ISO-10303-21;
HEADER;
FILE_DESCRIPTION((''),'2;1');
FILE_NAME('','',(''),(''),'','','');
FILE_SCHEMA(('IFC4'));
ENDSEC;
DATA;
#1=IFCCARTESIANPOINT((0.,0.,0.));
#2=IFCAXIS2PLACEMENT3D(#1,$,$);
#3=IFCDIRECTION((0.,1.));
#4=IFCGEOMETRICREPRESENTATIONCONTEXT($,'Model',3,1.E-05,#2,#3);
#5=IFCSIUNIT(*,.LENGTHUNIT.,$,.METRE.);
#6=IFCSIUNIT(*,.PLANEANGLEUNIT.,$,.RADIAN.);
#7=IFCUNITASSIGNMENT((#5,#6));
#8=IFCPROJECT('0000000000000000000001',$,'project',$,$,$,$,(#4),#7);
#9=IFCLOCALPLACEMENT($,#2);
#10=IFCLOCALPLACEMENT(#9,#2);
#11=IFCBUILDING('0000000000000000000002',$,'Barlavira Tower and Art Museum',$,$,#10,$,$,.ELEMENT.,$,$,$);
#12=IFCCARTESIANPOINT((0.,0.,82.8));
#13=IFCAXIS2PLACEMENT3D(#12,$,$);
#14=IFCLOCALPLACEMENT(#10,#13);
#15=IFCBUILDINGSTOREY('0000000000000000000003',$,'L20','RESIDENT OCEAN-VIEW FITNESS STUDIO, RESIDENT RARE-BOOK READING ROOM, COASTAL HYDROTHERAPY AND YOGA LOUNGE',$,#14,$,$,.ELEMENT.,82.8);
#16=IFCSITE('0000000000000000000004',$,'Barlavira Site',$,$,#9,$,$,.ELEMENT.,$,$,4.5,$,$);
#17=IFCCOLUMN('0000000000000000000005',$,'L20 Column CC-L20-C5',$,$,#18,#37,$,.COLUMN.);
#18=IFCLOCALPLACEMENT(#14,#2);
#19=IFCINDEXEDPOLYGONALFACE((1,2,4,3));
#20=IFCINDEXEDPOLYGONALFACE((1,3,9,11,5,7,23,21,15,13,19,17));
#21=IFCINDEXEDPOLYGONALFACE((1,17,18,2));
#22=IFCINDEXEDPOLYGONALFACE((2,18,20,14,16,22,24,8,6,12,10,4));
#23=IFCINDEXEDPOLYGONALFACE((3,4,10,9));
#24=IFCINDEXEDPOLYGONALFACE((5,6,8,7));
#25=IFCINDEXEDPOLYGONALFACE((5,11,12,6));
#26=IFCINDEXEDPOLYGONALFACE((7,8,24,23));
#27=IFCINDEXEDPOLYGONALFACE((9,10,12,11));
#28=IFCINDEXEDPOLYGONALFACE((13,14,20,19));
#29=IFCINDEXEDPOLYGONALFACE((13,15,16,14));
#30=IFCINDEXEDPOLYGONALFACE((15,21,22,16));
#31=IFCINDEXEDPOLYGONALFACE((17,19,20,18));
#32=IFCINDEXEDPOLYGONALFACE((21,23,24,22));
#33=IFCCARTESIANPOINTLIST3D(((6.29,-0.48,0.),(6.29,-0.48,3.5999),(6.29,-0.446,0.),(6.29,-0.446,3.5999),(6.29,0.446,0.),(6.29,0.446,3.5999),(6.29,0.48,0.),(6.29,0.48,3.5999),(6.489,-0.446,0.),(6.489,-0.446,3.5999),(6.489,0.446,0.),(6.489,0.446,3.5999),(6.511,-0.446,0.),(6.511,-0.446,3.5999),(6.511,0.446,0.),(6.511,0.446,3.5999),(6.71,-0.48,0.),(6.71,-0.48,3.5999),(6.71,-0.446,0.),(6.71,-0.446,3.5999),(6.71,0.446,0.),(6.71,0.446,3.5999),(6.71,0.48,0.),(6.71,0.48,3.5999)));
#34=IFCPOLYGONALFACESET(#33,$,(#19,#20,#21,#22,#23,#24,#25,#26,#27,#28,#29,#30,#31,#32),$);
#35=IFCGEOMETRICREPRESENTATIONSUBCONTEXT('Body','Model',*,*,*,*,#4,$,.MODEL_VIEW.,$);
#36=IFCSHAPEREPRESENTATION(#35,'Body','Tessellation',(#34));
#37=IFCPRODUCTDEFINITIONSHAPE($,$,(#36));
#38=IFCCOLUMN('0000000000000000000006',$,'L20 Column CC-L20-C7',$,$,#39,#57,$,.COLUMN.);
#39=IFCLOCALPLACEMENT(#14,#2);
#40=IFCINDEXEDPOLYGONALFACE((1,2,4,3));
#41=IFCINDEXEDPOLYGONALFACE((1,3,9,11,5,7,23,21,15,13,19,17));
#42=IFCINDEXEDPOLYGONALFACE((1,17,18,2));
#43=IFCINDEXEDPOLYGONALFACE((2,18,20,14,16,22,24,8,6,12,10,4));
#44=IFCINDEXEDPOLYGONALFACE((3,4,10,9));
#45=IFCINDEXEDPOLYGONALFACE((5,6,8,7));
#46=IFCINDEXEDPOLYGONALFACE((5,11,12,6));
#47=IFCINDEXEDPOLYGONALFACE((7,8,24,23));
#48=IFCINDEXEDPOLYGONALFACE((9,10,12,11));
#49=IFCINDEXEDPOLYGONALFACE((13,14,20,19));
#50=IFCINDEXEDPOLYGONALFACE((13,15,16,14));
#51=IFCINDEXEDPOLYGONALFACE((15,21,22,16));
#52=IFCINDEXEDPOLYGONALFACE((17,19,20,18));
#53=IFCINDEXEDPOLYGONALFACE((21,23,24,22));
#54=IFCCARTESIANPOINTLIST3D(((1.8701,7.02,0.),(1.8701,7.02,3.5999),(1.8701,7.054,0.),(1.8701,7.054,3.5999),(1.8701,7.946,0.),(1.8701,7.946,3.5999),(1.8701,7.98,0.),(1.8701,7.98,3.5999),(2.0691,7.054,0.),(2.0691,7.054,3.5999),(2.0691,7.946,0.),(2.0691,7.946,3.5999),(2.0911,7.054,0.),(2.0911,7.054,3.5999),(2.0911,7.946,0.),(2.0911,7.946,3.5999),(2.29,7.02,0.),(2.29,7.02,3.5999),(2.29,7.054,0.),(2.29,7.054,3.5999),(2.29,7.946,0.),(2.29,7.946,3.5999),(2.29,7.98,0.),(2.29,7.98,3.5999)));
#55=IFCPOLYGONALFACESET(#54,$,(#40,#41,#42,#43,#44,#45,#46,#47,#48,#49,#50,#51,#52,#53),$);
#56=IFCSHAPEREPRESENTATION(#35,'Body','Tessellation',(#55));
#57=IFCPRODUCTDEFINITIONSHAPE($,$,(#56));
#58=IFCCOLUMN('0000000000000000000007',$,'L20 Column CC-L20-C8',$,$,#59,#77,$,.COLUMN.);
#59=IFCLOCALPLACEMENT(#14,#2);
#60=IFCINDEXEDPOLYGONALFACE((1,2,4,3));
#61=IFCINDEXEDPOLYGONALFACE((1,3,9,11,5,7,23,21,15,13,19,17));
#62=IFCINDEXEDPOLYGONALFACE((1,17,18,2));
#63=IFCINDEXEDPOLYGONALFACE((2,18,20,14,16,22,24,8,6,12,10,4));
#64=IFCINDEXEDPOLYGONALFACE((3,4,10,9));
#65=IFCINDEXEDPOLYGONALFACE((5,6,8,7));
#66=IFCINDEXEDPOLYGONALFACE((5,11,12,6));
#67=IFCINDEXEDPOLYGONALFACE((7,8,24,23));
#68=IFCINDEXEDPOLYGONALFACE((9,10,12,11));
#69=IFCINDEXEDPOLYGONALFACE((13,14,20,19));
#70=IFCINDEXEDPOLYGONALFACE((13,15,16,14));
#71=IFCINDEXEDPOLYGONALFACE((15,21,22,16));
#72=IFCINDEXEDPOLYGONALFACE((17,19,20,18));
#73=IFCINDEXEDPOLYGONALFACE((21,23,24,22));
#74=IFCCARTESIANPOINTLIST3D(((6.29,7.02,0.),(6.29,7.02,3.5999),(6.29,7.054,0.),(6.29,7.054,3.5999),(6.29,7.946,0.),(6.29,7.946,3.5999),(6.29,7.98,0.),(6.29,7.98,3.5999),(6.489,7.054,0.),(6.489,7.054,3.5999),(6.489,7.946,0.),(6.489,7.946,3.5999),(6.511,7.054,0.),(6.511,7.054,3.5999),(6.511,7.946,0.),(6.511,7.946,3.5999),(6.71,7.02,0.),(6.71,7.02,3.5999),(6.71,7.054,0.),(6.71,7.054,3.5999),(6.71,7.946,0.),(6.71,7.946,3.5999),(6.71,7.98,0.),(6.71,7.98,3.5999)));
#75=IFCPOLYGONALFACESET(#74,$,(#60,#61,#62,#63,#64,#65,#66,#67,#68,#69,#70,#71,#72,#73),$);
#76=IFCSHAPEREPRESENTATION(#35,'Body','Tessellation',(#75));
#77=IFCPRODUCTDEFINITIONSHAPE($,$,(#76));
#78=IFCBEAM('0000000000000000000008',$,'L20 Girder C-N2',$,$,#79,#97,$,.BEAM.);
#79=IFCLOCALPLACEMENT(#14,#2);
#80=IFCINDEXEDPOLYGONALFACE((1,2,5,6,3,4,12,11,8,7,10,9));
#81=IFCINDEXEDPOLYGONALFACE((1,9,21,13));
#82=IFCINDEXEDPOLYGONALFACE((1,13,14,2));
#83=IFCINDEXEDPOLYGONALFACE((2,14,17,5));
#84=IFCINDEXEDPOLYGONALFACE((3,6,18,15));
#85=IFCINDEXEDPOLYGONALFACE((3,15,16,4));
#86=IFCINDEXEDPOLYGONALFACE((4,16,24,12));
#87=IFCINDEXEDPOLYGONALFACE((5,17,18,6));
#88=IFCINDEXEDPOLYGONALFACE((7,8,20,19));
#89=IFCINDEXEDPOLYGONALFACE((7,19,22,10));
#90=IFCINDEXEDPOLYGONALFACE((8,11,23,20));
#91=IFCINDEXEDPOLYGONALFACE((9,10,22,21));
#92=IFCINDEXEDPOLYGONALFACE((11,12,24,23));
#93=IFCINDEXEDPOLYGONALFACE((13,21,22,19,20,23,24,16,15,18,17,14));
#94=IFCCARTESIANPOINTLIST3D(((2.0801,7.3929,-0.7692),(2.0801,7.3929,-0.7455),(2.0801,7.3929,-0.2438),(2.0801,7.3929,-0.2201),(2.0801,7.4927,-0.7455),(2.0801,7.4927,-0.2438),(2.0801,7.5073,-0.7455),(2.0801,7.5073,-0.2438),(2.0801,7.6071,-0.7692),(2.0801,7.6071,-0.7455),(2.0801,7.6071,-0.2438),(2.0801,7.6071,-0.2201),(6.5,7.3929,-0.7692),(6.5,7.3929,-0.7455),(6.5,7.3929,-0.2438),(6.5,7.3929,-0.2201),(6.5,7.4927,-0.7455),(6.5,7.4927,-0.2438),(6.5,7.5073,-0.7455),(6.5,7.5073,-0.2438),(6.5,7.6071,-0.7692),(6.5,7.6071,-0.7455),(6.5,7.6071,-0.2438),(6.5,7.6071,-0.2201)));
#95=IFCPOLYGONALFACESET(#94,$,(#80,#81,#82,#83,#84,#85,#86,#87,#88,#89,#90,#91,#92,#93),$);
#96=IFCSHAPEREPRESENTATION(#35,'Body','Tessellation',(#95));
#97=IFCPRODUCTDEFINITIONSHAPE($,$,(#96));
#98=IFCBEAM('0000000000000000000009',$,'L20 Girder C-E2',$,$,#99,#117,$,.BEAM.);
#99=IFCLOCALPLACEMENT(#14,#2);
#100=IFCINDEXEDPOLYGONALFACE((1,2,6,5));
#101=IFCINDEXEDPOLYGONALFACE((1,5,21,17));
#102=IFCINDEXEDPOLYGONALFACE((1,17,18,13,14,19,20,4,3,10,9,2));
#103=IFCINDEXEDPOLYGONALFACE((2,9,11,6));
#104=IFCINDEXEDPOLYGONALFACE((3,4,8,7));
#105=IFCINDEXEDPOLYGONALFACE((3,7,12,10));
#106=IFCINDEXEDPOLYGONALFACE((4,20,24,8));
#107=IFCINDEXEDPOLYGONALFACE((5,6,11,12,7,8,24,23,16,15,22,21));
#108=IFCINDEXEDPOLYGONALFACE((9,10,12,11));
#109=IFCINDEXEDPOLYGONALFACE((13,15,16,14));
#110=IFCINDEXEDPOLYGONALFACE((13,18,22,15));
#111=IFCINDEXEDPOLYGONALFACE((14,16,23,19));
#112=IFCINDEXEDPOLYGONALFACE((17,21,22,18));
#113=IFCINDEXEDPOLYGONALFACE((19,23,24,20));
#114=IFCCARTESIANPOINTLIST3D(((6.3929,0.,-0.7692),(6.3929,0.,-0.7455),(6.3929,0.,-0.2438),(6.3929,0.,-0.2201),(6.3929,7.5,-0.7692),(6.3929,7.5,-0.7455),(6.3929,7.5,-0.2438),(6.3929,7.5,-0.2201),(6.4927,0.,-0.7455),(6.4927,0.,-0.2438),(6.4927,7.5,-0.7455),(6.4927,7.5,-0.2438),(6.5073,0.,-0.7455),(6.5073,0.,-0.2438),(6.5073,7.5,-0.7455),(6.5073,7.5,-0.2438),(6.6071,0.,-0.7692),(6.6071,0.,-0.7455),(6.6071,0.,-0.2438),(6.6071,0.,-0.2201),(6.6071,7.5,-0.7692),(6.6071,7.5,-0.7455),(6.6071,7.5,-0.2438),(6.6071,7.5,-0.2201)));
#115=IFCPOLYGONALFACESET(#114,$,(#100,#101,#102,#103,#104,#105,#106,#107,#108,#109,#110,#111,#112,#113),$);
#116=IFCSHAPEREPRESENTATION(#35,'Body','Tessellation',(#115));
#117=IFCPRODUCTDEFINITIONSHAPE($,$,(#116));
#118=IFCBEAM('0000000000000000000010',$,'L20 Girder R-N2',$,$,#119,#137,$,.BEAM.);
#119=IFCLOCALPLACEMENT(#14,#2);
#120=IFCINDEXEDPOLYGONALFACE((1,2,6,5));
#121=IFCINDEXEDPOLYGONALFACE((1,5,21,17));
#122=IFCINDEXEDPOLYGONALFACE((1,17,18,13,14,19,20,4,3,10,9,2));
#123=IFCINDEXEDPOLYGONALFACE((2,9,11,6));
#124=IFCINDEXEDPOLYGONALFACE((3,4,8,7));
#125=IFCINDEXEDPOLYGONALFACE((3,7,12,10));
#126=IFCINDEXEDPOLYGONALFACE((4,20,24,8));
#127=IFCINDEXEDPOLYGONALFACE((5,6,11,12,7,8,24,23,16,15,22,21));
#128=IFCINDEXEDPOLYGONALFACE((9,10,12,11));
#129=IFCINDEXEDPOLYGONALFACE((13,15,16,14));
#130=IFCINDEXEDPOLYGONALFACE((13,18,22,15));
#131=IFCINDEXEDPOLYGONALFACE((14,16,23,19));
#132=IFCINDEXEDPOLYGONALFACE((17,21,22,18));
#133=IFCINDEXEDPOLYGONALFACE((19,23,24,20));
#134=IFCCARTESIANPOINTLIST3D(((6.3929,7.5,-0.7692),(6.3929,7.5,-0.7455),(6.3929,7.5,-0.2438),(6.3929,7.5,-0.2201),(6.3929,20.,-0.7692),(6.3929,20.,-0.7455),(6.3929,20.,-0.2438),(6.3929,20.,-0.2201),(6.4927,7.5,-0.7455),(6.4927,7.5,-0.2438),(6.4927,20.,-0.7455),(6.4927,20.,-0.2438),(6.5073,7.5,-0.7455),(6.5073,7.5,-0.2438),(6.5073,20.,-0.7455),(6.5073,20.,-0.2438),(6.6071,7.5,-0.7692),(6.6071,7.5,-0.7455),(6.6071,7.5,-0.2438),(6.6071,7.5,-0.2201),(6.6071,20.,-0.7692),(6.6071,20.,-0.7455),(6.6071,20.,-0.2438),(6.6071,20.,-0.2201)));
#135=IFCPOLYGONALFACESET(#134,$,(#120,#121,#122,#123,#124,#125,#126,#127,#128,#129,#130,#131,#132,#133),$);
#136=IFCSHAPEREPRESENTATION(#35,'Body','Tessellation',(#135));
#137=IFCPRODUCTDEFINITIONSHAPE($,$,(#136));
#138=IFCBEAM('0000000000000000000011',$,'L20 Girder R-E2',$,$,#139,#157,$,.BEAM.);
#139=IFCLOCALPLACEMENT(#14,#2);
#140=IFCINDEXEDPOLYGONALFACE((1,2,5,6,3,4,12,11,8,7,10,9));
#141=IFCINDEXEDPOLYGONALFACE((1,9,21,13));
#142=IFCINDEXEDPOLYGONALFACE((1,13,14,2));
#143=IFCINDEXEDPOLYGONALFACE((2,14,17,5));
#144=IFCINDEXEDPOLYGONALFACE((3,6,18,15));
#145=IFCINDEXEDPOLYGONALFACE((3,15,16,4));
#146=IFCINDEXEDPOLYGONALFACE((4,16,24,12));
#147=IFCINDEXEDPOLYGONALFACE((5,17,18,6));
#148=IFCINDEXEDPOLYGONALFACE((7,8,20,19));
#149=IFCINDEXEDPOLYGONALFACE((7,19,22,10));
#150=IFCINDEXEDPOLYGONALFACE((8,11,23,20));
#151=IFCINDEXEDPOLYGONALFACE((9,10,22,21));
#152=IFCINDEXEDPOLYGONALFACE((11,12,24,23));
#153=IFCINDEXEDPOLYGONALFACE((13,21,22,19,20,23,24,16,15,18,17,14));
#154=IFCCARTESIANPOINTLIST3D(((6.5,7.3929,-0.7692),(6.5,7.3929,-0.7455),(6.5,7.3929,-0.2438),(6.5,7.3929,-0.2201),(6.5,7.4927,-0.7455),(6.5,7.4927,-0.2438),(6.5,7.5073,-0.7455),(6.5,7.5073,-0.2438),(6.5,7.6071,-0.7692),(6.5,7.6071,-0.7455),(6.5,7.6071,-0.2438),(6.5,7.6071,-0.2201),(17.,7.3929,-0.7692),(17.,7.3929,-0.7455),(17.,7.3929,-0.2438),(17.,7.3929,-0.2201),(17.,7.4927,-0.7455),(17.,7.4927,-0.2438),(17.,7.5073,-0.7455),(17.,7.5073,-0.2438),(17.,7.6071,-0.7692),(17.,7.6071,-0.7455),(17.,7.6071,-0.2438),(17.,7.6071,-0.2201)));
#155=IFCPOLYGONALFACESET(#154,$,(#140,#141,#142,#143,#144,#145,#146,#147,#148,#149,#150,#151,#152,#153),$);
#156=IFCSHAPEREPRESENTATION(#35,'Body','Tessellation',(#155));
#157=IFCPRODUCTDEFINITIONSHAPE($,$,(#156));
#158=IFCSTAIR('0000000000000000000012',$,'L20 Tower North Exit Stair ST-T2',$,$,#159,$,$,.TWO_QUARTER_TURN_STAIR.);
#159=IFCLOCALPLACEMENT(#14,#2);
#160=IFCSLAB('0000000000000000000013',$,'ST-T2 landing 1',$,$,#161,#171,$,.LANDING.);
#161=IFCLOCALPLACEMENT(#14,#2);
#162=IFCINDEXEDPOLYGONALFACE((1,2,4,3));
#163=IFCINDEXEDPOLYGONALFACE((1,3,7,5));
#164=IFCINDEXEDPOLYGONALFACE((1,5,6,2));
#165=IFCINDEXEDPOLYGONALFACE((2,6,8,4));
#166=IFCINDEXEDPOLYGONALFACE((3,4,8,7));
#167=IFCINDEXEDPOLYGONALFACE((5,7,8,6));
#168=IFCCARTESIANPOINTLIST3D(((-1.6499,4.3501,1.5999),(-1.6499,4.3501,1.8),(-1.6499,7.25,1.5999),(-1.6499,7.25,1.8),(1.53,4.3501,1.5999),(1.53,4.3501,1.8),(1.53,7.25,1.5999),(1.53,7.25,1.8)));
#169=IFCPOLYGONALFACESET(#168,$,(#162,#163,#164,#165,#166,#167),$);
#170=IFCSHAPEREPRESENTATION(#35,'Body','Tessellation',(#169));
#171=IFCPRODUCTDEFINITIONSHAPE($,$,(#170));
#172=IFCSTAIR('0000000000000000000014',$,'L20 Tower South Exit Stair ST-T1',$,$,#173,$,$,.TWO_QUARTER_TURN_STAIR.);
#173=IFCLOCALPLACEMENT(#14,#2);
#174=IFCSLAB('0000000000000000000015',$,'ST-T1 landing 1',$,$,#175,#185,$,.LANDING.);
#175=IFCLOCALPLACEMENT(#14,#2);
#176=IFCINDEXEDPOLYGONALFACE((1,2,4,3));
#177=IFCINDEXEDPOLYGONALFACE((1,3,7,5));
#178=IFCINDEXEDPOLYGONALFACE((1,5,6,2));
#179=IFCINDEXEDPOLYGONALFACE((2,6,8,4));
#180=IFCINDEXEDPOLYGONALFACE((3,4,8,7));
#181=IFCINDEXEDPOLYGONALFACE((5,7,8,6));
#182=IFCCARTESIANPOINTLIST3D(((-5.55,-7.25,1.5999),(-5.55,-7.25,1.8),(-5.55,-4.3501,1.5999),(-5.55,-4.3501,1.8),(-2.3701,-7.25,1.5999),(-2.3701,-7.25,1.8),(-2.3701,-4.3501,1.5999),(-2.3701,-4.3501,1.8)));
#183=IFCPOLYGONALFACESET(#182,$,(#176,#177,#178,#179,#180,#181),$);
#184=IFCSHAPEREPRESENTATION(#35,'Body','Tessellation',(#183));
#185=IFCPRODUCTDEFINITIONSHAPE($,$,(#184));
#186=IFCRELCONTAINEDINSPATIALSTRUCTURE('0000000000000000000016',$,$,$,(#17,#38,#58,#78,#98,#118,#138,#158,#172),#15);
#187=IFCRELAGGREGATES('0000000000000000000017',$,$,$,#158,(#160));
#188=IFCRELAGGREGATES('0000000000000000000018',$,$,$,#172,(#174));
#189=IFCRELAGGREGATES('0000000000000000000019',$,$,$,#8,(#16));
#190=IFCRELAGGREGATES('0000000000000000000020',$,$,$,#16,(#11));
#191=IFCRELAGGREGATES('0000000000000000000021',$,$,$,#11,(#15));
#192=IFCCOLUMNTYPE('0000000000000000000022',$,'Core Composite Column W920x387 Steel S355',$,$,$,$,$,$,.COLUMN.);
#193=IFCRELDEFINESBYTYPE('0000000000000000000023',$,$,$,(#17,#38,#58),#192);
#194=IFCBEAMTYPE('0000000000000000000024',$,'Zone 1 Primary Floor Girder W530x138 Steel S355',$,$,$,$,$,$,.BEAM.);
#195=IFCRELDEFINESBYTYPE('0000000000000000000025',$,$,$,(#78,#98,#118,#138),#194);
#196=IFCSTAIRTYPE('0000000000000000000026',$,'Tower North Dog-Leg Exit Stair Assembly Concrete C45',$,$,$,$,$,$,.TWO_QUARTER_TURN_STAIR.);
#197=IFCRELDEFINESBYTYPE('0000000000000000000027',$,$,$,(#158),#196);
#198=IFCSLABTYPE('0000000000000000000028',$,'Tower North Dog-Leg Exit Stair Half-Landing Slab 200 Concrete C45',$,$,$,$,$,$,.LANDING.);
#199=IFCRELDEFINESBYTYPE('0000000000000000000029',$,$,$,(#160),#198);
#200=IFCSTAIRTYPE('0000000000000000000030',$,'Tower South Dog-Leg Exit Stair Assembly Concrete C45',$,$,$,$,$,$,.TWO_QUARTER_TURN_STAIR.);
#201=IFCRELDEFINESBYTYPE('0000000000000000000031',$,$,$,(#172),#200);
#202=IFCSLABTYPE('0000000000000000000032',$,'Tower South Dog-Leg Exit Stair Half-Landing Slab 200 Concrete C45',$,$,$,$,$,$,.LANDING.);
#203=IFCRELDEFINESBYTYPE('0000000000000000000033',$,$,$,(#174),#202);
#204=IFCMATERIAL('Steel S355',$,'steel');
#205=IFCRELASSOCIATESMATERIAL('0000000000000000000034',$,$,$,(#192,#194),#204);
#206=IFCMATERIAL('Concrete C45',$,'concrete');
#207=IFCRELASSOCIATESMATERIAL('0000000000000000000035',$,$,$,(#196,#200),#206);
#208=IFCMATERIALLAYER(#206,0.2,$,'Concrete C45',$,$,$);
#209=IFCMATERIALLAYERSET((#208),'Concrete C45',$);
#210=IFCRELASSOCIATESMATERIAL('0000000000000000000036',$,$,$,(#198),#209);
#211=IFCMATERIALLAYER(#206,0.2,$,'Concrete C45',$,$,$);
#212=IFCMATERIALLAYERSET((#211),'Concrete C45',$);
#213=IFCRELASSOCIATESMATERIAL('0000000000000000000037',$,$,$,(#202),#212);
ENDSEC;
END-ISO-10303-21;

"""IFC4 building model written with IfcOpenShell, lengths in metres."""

from ifc_helpers import new_model, si_unit, direction, frame, origin, origin_2d, place, context, subcontext, project, spatial, polyline, i_section, outline, extrude, material, layer, layer_set, material_profile, profile_set, type_object, element, aggregate, save


model = new_model("IFC4")

# Units and contexts
model_context = context("Model", 3, precision=1e-05, world=origin(), true_north=direction((0.0, 1.0)))
body_context = subcontext(model_context, "Body", "Model", "MODEL_VIEW")
ifc_project = project(units=[si_unit("LENGTHUNIT", "METRE"), si_unit("PLANEANGLEUNIT", "RADIAN")], contexts=[model_context])

# Site, building, storey
site_placement = place(None, origin())
site = spatial("IfcSite", under=ifc_project, at=site_placement, Name="Barlavira Site", CompositionType="ELEMENT", RefElevation=4.5)
building_placement = place(site_placement, origin())
building = spatial("IfcBuilding", under=site, at=building_placement, Name="Barlavira Tower and Art Museum", CompositionType="ELEMENT")
storey_placement = place(building_placement, frame((0.0, 0.0, 82.8)))
storey = spatial("IfcBuildingStorey", under=building, at=storey_placement, Name="L20", Description="RESIDENT OCEAN-VIEW FITNESS STUDIO, RESIDENT RARE-BOOK READING ROOM, COASTAL HYDROTHERAPY AND YOGA LOUNGE", CompositionType="ELEMENT", Elevation=82.8)

# Columns
ifc_material_1 = material(Name="Steel S355", Category="steel")
ifc_material_profile_1 = material_profile(ifc_material_1, i_section(OverallWidth=0.4199, OverallDepth=0.96, WebThickness=0.022, FlangeThickness=0.0339, at=origin_2d()), Name="W920x387.0")
ifc_profile_set_1 = profile_set([ifc_material_profile_1], Name="Steel S355")
column_type = type_object("IfcColumnType", Name="Core Composite Column W920x387 Steel S355", PredefinedType="COLUMN", material=ifc_profile_set_1)
for number, where, z_axis, x_axis, name in (
    (1, (6.5, 0.0, 0.0), (0.0, 0.0, 1.0), (1.0, 0.0, 0.0), "L20 Column CC-L20-C5"),
    (2, (2.0801, 7.5, 0.0), (0.0, 0.0, 1.0), (1.0, 0.0, 0.0), "L20 Column CC-L20-C7"),
    (3, (6.5, 7.5, 0.0), (0.0, 0.0, 1.0), (1.0, 0.0, 0.0), "L20 Column CC-L20-C8"),
):
    element("IfcColumn", number, at=place(storey_placement, frame(where, z_axis=z_axis, x_axis=x_axis)), inside=storey, type_object=column_type, Name=name, PredefinedType="COLUMN", context=body_context, shape_type="SweptSolid", body=[
        extrude(i_section(OverallWidth=0.4199, OverallDepth=0.96, WebThickness=0.022, FlangeThickness=0.0339, at=origin_2d()), origin(), (0.0, 0.0, 1.0), 3.5999),
    ])

# Beams
ifc_material_profile_2 = material_profile(ifc_material_1, i_section(OverallWidth=0.2141, OverallDepth=0.5491, WebThickness=0.0146, FlangeThickness=0.0237, at=origin_2d()), Name="W530x138.0")
ifc_profile_set_2 = profile_set([ifc_material_profile_2], Name="Steel S355")
beam_type = type_object("IfcBeamType", Name="Zone 1 Primary Floor Girder W530x138 Steel S355", PredefinedType="BEAM", material=ifc_profile_set_2)
beam_1_placement = place(storey_placement, frame((2.0801, 7.5, -0.4946), z_axis=(1.0, 0.0, 0.0), x_axis=(0.0, 1.0, 0.0)))
element("IfcBeam", 4, at=beam_1_placement, inside=storey, type_object=beam_type, Name="L20 Girder C-N2", PredefinedType="BEAM", context=body_context, shape_type="SweptSolid", body=[
    extrude(i_section(OverallWidth=0.2141, OverallDepth=0.5491, WebThickness=0.0146, FlangeThickness=0.0237, at=origin_2d()), origin(), (0.0, 0.0, 1.0), 4.4199),
])
beam_2_placement = place(storey_placement, frame((6.5, 0.0, -0.4946), z_axis=(0.0, 1.0, 0.0), x_axis=(-1.0, 0.0, 0.0)))
element("IfcBeam", 5, at=beam_2_placement, inside=storey, type_object=beam_type, Name="L20 Girder C-E2", PredefinedType="BEAM", context=body_context, shape_type="SweptSolid", body=[
    extrude(i_section(OverallWidth=0.2141, OverallDepth=0.5491, WebThickness=0.0146, FlangeThickness=0.0237, at=origin_2d()), origin(), (0.0, 0.0, 1.0), 7.5),
])
beam_3_placement = place(storey_placement, frame((6.5, 7.5, -0.4946), z_axis=(0.0, 1.0, 0.0), x_axis=(-1.0, 0.0, 0.0)))
element("IfcBeam", 6, at=beam_3_placement, inside=storey, type_object=beam_type, Name="L20 Girder R-N2", PredefinedType="BEAM", context=body_context, shape_type="SweptSolid", body=[
    extrude(i_section(OverallWidth=0.2141, OverallDepth=0.5491, WebThickness=0.0146, FlangeThickness=0.0237, at=origin_2d()), origin(), (0.0, 0.0, 1.0), 12.5),
])
beam_4_placement = place(storey_placement, frame((6.5, 7.5, -0.4946), z_axis=(1.0, 0.0, 0.0), x_axis=(0.0, 1.0, 0.0)))
element("IfcBeam", 7, at=beam_4_placement, inside=storey, type_object=beam_type, Name="L20 Girder R-E2", PredefinedType="BEAM", context=body_context, shape_type="SweptSolid", body=[
    extrude(i_section(OverallWidth=0.2141, OverallDepth=0.5491, WebThickness=0.0146, FlangeThickness=0.0237, at=origin_2d()), origin(), (0.0, 0.0, 1.0), 10.5),
])

# Stairs, slabs
ifc_material_2 = material(Name="Concrete C45", Category="concrete")
stair_type_1 = type_object("IfcStairType", Name="Tower North Dog-Leg Exit Stair Assembly Concrete C45", PredefinedType="TWO_QUARTER_TURN_STAIR", material=ifc_material_2)
stair_1_placement = place(storey_placement, origin())
stair_1 = element("IfcStair", 8, at=stair_1_placement, inside=storey, type_object=stair_type_1, Name="L20 Tower North Exit Stair ST-T2", PredefinedType="TWO_QUARTER_TURN_STAIR")
ifc_layer_1 = layer(ifc_material_2, 0.2, Name="Concrete C45")
ifc_layer_set_1 = layer_set([ifc_layer_1], Name="Concrete C45")
slab_type_1 = type_object("IfcSlabType", Name="Tower North Dog-Leg Exit Stair Half-Landing Slab 200 Concrete C45", PredefinedType="LANDING", material=ifc_layer_set_1)
slab_1_placement = place(storey_placement, frame((0.0, 0.0, 1.5999)))
slab_1 = element("IfcSlab", 9, at=slab_1_placement, type_object=slab_type_1, Name="ST-T2 landing 1", PredefinedType="LANDING", context=body_context, shape_type="SweptSolid", body=[
    extrude(outline(polyline([(-1.6499, 4.3501), (1.53, 4.3501), (1.53, 7.25), (-1.6499, 7.25), (-1.6499, 4.3501)])), origin(), (0.0, 0.0, 1.0), 0.2002),
])
aggregate(stair_1, [slab_1])
stair_type_2 = type_object("IfcStairType", Name="Tower South Dog-Leg Exit Stair Assembly Concrete C45", PredefinedType="TWO_QUARTER_TURN_STAIR", material=ifc_material_2)
stair_2_placement = place(storey_placement, origin())
stair_2 = element("IfcStair", 10, at=stair_2_placement, inside=storey, type_object=stair_type_2, Name="L20 Tower South Exit Stair ST-T1", PredefinedType="TWO_QUARTER_TURN_STAIR")
ifc_layer_2 = layer(ifc_material_2, 0.2, Name="Concrete C45")
ifc_layer_set_2 = layer_set([ifc_layer_2], Name="Concrete C45")
slab_type_2 = type_object("IfcSlabType", Name="Tower South Dog-Leg Exit Stair Half-Landing Slab 200 Concrete C45", PredefinedType="LANDING", material=ifc_layer_set_2)
slab_2_placement = place(storey_placement, frame((0.0, 0.0, 1.5999)))
slab_2 = element("IfcSlab", 11, at=slab_2_placement, type_object=slab_type_2, Name="ST-T1 landing 1", PredefinedType="LANDING", context=body_context, shape_type="SweptSolid", body=[
    extrude(outline(polyline([(-2.3701, -4.3501), (-5.55, -4.3501), (-5.55, -7.25), (-2.3701, -7.25), (-2.3701, -4.3501)])), origin(), (0.0, 0.0, 1.0), 0.2002),
])
aggregate(stair_2, [slab_2])

save(model, "model.ifc")
